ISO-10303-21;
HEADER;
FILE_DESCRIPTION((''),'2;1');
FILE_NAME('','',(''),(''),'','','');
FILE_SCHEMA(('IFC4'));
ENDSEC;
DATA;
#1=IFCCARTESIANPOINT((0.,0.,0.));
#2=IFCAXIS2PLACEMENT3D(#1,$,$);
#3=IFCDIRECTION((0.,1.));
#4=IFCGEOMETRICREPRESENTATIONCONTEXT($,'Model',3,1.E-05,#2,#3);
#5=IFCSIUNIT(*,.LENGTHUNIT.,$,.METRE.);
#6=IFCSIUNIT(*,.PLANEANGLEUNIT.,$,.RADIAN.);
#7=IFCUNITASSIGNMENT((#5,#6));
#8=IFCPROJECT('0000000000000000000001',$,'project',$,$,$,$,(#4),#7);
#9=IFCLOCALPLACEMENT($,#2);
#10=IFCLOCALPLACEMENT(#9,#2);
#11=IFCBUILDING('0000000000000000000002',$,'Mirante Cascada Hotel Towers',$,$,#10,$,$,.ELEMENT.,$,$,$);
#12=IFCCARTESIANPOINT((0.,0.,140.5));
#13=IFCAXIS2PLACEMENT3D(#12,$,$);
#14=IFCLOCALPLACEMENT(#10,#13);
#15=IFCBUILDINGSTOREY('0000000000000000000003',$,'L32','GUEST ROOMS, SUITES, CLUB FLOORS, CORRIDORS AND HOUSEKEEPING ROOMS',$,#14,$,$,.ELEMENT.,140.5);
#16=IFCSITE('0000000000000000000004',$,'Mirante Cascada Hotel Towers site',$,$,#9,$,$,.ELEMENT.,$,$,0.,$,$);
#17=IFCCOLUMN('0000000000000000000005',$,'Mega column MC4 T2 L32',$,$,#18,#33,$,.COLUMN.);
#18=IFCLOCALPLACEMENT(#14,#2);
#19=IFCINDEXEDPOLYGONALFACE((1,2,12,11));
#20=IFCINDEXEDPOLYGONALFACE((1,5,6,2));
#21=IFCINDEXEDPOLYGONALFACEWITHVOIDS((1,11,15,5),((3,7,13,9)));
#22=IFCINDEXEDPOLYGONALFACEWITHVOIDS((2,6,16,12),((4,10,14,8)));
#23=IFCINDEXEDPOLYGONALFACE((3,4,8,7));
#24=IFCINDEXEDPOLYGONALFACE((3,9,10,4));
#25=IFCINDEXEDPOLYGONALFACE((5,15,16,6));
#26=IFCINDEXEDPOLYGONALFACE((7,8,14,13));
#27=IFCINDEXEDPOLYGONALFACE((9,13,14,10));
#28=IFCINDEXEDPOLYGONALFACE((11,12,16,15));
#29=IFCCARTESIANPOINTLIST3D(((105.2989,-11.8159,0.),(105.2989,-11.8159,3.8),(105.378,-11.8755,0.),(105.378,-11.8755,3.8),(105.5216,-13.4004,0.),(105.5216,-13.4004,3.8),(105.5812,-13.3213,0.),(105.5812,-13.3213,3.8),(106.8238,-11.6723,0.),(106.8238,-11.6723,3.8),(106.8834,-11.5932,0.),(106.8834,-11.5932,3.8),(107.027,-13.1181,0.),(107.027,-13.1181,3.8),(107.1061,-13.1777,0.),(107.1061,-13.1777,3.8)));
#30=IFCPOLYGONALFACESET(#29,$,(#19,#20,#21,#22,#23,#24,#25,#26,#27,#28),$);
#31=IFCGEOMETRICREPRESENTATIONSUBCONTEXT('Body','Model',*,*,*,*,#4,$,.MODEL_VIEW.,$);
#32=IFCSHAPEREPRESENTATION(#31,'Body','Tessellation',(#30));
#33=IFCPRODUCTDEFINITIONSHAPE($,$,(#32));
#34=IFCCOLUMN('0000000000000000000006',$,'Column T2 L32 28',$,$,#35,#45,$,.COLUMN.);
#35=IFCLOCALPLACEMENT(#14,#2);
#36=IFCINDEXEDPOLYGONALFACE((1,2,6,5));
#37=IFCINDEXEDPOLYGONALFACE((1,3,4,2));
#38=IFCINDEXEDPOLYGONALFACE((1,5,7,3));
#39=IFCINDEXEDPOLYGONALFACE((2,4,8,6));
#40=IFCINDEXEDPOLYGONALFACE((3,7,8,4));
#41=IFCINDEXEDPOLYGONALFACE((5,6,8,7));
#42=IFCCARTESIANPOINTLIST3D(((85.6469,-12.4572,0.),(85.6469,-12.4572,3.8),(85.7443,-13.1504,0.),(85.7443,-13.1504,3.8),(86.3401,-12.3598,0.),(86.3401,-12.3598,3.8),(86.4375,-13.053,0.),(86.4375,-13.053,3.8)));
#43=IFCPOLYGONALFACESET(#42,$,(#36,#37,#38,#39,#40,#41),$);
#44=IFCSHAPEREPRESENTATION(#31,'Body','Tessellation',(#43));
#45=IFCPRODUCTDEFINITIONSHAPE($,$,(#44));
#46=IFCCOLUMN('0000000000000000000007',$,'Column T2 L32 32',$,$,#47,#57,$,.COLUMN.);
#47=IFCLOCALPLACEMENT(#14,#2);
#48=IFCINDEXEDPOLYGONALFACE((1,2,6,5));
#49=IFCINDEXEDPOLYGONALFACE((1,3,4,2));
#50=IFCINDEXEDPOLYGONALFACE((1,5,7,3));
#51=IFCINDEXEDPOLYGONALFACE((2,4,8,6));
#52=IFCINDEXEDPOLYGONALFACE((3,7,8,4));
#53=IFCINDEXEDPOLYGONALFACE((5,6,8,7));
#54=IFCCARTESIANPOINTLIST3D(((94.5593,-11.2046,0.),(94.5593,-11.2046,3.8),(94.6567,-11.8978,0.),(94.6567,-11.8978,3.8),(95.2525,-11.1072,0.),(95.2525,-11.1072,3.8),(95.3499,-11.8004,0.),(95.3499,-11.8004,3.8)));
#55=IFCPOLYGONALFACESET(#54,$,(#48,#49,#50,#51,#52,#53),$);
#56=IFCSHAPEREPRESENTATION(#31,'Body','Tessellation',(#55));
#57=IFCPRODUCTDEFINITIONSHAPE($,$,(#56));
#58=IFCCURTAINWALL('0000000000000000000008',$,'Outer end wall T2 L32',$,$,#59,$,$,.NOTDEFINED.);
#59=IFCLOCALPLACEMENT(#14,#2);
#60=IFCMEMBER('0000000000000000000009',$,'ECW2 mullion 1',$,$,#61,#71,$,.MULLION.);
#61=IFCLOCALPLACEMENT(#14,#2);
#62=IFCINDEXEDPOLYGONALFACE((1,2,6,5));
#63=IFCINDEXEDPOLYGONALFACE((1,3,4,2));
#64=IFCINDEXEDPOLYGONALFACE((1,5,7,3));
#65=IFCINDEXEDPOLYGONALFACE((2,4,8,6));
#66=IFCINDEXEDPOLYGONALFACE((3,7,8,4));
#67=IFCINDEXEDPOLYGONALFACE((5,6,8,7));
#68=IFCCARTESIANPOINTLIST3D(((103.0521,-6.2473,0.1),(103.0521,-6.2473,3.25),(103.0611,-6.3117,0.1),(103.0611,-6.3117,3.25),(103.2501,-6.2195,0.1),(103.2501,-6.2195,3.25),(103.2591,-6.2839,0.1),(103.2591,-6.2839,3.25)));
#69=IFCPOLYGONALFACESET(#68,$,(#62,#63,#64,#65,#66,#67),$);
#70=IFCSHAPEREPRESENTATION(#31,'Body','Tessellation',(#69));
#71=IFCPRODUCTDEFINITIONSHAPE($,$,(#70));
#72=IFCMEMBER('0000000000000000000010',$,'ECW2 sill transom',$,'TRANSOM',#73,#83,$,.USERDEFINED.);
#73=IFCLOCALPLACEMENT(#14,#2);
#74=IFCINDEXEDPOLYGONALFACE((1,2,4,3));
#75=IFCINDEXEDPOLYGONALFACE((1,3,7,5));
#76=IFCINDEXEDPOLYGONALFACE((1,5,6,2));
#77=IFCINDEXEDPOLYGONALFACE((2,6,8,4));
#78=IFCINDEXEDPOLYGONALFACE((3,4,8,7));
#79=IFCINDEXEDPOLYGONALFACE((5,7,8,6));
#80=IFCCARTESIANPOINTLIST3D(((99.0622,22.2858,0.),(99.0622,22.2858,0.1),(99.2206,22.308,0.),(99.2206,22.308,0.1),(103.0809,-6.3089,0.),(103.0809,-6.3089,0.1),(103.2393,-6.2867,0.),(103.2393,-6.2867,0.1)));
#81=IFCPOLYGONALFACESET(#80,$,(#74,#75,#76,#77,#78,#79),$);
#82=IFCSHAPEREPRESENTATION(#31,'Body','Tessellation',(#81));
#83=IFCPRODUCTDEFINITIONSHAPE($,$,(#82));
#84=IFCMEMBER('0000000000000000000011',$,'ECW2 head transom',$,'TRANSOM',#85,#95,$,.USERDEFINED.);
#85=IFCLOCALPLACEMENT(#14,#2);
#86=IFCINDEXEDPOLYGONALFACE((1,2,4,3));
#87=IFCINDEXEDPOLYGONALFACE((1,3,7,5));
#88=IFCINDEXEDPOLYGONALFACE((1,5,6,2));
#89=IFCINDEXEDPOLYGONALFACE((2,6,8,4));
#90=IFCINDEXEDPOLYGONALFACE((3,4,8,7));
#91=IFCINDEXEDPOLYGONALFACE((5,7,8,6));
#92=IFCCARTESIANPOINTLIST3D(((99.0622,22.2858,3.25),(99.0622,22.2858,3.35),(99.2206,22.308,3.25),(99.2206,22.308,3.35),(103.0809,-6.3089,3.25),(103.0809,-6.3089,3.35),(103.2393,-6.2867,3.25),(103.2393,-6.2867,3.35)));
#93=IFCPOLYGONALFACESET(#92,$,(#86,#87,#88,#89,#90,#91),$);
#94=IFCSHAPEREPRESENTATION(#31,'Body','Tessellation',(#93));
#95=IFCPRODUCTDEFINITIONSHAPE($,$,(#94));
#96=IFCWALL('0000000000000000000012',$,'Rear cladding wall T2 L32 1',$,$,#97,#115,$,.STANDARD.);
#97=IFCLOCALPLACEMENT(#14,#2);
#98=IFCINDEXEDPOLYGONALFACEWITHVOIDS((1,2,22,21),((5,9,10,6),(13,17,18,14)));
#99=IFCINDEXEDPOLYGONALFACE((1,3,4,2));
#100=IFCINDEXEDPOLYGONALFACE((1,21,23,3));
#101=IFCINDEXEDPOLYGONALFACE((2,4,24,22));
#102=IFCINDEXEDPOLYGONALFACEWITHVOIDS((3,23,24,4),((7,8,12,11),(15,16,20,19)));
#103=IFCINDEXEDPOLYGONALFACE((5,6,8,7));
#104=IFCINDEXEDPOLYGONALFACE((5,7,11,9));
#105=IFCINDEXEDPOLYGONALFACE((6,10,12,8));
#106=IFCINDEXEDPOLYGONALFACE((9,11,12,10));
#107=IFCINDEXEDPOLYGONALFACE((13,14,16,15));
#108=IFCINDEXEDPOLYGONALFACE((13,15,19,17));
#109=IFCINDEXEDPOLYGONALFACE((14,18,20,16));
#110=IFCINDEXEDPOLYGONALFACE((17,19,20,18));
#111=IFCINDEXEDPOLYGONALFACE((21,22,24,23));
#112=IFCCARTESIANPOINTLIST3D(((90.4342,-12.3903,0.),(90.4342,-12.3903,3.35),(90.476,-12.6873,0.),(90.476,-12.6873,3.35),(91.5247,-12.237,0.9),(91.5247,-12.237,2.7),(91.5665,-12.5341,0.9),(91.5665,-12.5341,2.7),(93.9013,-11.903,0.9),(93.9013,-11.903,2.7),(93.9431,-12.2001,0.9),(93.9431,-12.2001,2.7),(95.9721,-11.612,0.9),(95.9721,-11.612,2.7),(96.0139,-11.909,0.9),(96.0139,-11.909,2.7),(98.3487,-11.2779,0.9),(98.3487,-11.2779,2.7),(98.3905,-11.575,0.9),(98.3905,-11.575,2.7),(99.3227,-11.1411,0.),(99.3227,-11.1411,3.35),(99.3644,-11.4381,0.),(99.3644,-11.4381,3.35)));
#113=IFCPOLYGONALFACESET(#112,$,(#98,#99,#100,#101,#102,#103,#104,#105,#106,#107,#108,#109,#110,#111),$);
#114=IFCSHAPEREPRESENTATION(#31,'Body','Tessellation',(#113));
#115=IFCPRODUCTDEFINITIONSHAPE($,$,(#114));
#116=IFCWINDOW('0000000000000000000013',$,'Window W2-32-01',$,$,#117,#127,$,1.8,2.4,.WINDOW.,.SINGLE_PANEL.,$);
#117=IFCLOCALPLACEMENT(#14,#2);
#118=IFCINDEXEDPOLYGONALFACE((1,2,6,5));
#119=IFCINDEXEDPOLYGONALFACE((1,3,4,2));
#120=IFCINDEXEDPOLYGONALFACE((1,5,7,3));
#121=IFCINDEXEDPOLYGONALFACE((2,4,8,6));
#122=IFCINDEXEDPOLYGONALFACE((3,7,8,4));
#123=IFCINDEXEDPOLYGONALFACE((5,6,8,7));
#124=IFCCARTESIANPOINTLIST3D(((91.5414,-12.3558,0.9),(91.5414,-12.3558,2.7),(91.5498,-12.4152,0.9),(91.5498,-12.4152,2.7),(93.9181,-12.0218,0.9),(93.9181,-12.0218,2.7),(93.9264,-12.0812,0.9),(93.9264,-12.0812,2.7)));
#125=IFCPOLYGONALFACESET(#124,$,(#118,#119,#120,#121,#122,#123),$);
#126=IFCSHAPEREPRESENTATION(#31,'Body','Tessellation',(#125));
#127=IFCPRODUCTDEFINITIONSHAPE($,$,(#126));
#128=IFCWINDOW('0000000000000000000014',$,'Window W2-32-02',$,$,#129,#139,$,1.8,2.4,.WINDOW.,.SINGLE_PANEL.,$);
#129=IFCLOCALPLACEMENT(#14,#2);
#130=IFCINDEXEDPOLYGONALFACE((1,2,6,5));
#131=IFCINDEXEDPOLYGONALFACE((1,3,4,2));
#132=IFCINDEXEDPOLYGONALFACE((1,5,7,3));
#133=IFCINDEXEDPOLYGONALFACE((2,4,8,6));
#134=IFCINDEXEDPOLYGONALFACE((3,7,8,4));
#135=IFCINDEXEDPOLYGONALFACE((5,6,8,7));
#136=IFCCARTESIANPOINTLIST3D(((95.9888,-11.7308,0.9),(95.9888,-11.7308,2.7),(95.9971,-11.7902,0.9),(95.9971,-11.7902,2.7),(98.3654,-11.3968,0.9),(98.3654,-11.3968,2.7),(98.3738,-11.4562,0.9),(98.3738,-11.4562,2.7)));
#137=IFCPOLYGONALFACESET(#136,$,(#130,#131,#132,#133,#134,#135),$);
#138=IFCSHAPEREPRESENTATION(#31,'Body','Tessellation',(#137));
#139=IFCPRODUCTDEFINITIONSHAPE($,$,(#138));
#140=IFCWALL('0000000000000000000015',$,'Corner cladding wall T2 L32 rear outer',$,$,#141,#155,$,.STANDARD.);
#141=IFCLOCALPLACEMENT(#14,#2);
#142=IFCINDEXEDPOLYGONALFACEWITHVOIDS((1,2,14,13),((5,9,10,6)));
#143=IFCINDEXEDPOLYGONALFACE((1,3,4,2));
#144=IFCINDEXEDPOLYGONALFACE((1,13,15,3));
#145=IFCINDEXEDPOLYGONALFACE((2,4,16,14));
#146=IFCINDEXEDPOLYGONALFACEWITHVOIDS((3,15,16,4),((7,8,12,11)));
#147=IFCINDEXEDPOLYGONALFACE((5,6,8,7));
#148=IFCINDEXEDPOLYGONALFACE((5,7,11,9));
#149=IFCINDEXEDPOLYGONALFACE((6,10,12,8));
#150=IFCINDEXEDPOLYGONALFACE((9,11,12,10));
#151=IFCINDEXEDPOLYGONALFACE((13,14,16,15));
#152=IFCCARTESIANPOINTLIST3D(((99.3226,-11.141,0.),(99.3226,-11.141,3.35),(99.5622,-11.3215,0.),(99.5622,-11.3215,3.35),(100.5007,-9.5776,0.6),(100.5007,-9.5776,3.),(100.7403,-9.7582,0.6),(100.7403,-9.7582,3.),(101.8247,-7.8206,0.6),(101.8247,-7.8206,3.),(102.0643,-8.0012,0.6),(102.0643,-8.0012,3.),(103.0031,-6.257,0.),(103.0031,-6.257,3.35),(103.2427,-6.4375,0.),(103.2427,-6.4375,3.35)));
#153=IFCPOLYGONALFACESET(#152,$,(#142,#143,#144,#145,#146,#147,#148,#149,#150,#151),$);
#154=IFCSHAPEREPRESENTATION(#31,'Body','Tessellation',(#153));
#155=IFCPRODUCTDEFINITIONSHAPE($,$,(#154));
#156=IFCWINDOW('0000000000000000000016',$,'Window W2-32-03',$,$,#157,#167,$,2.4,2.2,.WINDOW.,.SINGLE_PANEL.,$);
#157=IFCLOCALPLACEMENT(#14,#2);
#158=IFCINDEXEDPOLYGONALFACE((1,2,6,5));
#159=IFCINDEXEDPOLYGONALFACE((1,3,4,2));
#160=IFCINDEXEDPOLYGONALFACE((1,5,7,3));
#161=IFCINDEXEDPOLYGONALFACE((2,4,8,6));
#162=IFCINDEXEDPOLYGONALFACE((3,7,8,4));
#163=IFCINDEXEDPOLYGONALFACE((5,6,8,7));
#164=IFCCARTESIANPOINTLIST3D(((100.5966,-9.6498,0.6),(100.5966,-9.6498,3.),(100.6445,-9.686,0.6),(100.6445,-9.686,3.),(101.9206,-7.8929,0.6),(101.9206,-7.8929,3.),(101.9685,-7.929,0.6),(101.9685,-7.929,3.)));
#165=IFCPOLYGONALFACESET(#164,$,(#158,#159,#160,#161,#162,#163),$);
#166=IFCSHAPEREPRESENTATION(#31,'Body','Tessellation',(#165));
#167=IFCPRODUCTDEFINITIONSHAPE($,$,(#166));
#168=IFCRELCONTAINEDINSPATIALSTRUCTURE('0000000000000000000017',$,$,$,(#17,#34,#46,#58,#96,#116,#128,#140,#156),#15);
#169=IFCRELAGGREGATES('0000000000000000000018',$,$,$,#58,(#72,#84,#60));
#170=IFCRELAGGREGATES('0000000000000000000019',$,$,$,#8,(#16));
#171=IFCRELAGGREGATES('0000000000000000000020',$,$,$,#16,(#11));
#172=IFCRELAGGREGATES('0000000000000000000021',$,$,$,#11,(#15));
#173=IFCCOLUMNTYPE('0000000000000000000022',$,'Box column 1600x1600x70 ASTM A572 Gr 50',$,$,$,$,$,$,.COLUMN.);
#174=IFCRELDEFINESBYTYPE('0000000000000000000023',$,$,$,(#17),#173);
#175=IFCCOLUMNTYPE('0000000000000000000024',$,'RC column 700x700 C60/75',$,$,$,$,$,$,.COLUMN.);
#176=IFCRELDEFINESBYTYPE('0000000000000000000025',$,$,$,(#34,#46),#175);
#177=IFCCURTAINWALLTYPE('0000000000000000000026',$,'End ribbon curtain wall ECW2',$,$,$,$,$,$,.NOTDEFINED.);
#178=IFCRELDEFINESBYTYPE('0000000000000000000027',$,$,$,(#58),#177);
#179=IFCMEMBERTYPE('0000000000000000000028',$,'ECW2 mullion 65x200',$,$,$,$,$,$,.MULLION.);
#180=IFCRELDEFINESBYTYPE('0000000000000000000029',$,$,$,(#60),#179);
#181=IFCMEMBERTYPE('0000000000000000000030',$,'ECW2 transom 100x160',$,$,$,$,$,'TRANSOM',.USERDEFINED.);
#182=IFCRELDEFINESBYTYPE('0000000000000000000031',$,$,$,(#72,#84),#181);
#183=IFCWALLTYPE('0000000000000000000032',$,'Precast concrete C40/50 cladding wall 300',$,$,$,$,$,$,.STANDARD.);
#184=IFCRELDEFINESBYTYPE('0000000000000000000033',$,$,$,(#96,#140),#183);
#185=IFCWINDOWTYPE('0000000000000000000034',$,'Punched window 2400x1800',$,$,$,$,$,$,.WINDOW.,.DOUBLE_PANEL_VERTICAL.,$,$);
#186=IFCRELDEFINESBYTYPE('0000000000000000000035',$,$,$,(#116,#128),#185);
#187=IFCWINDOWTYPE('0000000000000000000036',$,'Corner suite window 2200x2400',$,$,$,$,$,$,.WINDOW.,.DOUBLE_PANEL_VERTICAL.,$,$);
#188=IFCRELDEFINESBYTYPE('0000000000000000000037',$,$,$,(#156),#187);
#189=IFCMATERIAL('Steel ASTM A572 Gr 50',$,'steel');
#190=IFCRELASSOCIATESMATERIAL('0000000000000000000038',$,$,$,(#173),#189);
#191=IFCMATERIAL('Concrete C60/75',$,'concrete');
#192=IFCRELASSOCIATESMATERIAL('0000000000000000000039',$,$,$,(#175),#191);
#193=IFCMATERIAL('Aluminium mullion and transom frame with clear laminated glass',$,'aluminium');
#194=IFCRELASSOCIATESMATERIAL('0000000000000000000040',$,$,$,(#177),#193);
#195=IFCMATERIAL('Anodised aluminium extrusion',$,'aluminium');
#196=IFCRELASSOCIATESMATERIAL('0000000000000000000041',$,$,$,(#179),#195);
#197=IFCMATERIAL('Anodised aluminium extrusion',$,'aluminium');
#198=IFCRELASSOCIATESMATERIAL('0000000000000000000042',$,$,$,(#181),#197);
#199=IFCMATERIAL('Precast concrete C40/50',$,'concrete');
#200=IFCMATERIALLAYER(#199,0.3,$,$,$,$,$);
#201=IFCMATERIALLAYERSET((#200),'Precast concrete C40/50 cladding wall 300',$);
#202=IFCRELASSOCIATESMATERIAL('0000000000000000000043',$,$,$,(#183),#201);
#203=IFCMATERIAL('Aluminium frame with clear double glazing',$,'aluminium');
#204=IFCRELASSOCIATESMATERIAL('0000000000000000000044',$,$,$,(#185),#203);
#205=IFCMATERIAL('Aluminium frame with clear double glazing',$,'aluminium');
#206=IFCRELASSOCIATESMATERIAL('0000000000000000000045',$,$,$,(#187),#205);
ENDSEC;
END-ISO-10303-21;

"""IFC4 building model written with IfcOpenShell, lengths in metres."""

from ifc_helpers import new_model, si_unit, direction, frame, frame_2d, origin, origin_2d, place, context, subcontext, project, spatial, rectangle, hollow_rectangle, extrude, material, layer, layer_set, material_profile, profile_set, type_object, element, fill, aggregate, save


model = new_model("IFC4")

# Units and contexts
model_context = context("Model", 3, precision=1e-05, world=origin(), true_north=direction((0.0, 1.0)))
body_context = subcontext(model_context, "Body", "Model", "MODEL_VIEW")
ifc_project = project(units=[si_unit("LENGTHUNIT", "METRE"), si_unit("PLANEANGLEUNIT", "RADIAN")], contexts=[model_context])

# Site, building, storey
site_placement = place(None, origin())
site = spatial("IfcSite", under=ifc_project, at=site_placement, Name="Mirante Cascada Hotel Towers site", CompositionType="ELEMENT", RefElevation=0.0)
building_placement = place(site_placement, origin())
building = spatial("IfcBuilding", under=site, at=building_placement, Name="Mirante Cascada Hotel Towers", CompositionType="ELEMENT")
storey_placement = place(building_placement, frame((0.0, 0.0, 140.5)))
storey = spatial("IfcBuildingStorey", under=building, at=storey_placement, Name="L32", Description="GUEST ROOMS, SUITES, CLUB FLOORS, CORRIDORS AND HOUSEKEEPING ROOMS", CompositionType="ELEMENT", Elevation=140.5)

# Columns
ifc_material_1 = material(Name="Steel ASTM A572 Gr 50", Category="steel")
ifc_material_profile_1 = material_profile(ifc_material_1, hollow_rectangle(XDim=1.6, YDim=1.6, WallThickness=0.07, at=origin_2d()), Name="Box column 1600x1600x70 ASTM A572 Gr 50")
ifc_profile_set_1 = profile_set([ifc_material_profile_1], Name="Steel ASTM A572 Gr 50")
column_type_1 = type_object("IfcColumnType", Name="Box column 1600x1600x70 ASTM A572 Gr 50", PredefinedType="COLUMN", material=ifc_profile_set_1)
column_placement = place(storey_placement, frame((106.2025, -12.4968, 0.0), z_axis=(0.0, 0.0, 1.0), x_axis=(0.990268, 0.139173, 0.0)))
element("IfcColumn", 1, at=column_placement, inside=storey, type_object=column_type_1, Name="Mega column MC4 T2 L32", PredefinedType="COLUMN", context=body_context, shape_type="SweptSolid", body=[
    extrude(hollow_rectangle(XDim=1.6, YDim=1.6, WallThickness=0.07, at=origin_2d()), origin(), (0.0, 0.0, 1.0), 3.8),
])
ifc_material_2 = material(Name="Concrete C60/75", Category="concrete")
ifc_material_profile_2 = material_profile(ifc_material_2, rectangle(XDim=0.7, YDim=0.7, at=origin_2d()), Name="RC column 700x700 C60/75")
ifc_profile_set_2 = profile_set([ifc_material_profile_2], Name="Concrete C60/75")
column_type_2 = type_object("IfcColumnType", Name="RC column 700x700 C60/75", PredefinedType="COLUMN", material=ifc_profile_set_2)
for number, where, z_axis, x_axis, name in (
    (2, (86.0422, -12.7551, 0.0), (0.0, 0.0, 1.0), (0.990268, 0.139173, 0.0), "Column T2 L32 28"),
    (3, (94.9546, -11.5025, 0.0), (0.0, 0.0, 1.0), (0.990268, 0.139173, 0.0), "Column T2 L32 32"),
):
    element("IfcColumn", number, at=place(storey_placement, frame(where, z_axis=z_axis, x_axis=x_axis)), inside=storey, type_object=column_type_2, Name=name, PredefinedType="COLUMN", context=body_context, shape_type="SweptSolid", body=[
        extrude(rectangle(XDim=0.7, YDim=0.7, at=origin_2d()), origin(), (0.0, 0.0, 1.0), 3.8),
    ])

# Curtain wall, members
ifc_material_3 = material(Name="Aluminium mullion and transom frame with clear laminated glass", Category="aluminium")
curtain_wall_type = type_object("IfcCurtainWallType", Name="End ribbon curtain wall ECW2", PredefinedType="NOTDEFINED", material=ifc_material_3)
curtain_wall_placement = place(storey_placement, origin())
curtain_wall = element("IfcCurtainWall", 4, at=curtain_wall_placement, inside=storey, type_object=curtain_wall_type, Name="Outer end wall T2 L32", PredefinedType="NOTDEFINED")
ifc_material_4 = material(Name="Anodised aluminium extrusion", Category="aluminium")
ifc_material_profile_3 = material_profile(ifc_material_4, rectangle(XDim=0.2, YDim=0.065, at=origin_2d()), Name="ECW2 MULLION 65x200")
ifc_profile_set_3 = profile_set([ifc_material_profile_3], Name="Anodised aluminium extrusion")
member_type_1 = type_object("IfcMemberType", Name="ECW2 mullion 65x200", PredefinedType="MULLION", material=ifc_profile_set_3)
member_1_placement = place(storey_placement, frame((103.1556, -6.2656, 0.1), z_axis=(0.0, 0.0, 1.0), x_axis=(-0.990268, -0.139173, 0.0)))
member_1 = element("IfcMember", 5, at=member_1_placement, type_object=member_type_1, Name="ECW2 mullion 1", PredefinedType="MULLION", context=body_context, shape_type="SweptSolid", body=[
    extrude(rectangle(XDim=0.2, YDim=0.065, at=origin_2d()), origin(), (0.0, 0.0, 1.0), 3.15),
])
ifc_material_5 = material(Name="Anodised aluminium extrusion", Category="aluminium")
ifc_material_profile_4 = material_profile(ifc_material_5, rectangle(XDim=0.16, YDim=0.1, at=origin_2d()), Name="ECW2 TRANSOM 100x160")
ifc_profile_set_4 = profile_set([ifc_material_profile_4], Name="Anodised aluminium extrusion")
member_type_2 = type_object("IfcMemberType", Name="ECW2 transom 100x160", ElementType="TRANSOM", PredefinedType="USERDEFINED", material=ifc_profile_set_4)
member_2_placement = place(storey_placement, frame((103.1601, -6.2978, 0.05), z_axis=(-0.139172, 0.990268, 0.0), x_axis=(-0.990268, -0.139172, 0.0)))
member_2 = element("IfcMember", 6, at=member_2_placement, type_object=member_type_2, Name="ECW2 sill transom", ObjectType="TRANSOM", PredefinedType="USERDEFINED", context=body_context, shape_type="SweptSolid", body=[
    extrude(rectangle(XDim=0.16, YDim=0.1, at=origin_2d()), origin(), (0.0, 0.0, 1.0), 28.8757),
])
member_3_placement = place(storey_placement, frame((103.1601, -6.2978, 3.3), z_axis=(-0.139172, 0.990268, 0.0), x_axis=(-0.990268, -0.139172, 0.0)))
member_3 = element("IfcMember", 7, at=member_3_placement, type_object=member_type_2, Name="ECW2 head transom", ObjectType="TRANSOM", PredefinedType="USERDEFINED", context=body_context, shape_type="SweptSolid", body=[
    extrude(rectangle(XDim=0.16, YDim=0.1, at=origin_2d()), origin(), (0.0, 0.0, 1.0), 28.8757),
])
aggregate(curtain_wall, [member_2, member_3, member_1])

# Wall, openings, windows
ifc_material_6 = material(Name="Precast concrete C40/50", Category="concrete")
ifc_layer_1 = layer(ifc_material_6, 0.3)
ifc_layer_set_1 = layer_set([ifc_layer_1], Name="Precast concrete C40/50 cladding wall 300")
wall_type_1 = type_object("IfcWallType", Name="Precast concrete C40/50 cladding wall 300", PredefinedType="STANDARD", material=ifc_layer_set_1)
wall_1_placement = place(storey_placement, frame((90.4551, -12.5388, 0.0), z_axis=(0.0, 0.0, 1.0), x_axis=(0.990268, 0.139175, 0.0)))
wall_1 = element("IfcWall", 8, at=wall_1_placement, inside=storey, type_object=wall_type_1, Name="Rear cladding wall T2 L32 1", PredefinedType="STANDARD", context=body_context, shape_type="SweptSolid", body=[
    extrude(rectangle(XDim=8.9758, YDim=0.3, at=frame_2d((4.4879, 0.0))), origin(), (0.0, 0.0, 1.0), 3.35),
])
opening_1_placement = place(wall_1_placement, frame((1.1012, 0.0, 0.9)))
opening_1 = element("IfcOpeningElement", 9, at=opening_1_placement, cuts=wall_1, PredefinedType="OPENING", context=body_context, shape_type="SweptSolid", body=[
    extrude(rectangle(XDim=2.4, YDim=1.8, at=frame_2d((1.2, 0.9))), frame((0.0, 0.15, 0.0), z_axis=(0.0, -1.0, 0.0), x_axis=(1.0, 0.0, 0.0)), (0.0, 0.0, 1.0), 0.3),
])
opening_2_placement = place(wall_1_placement, frame((5.5923, 0.0, 0.9)))
opening_2 = element("IfcOpeningElement", 10, at=opening_2_placement, cuts=wall_1, PredefinedType="OPENING", context=body_context, shape_type="SweptSolid", body=[
    extrude(rectangle(XDim=2.4, YDim=1.8, at=frame_2d((1.2, 0.9))), frame((0.0, 0.15, 0.0), z_axis=(0.0, -1.0, 0.0), x_axis=(1.0, 0.0, 0.0)), (0.0, 0.0, 1.0), 0.3),
])
ifc_material_7 = material(Name="Aluminium frame with clear double glazing", Category="aluminium")
window_type_1 = type_object("IfcWindowType", Name="Punched window 2400x1800", PartitioningType="DOUBLE_PANEL_VERTICAL", PredefinedType="WINDOW", material=ifc_material_7)
window_1_placement = place(opening_1_placement, origin())
window_1 = element("IfcWindow", 11, at=window_1_placement, inside=storey, type_object=window_type_1, Name="Window W2-32-01", OverallHeight=1.8, OverallWidth=2.4, PartitioningType="SINGLE_PANEL", PredefinedType="WINDOW", context=body_context, shape_type="SweptSolid", body=[
    extrude(rectangle(XDim=2.4, YDim=1.8, at=frame_2d((1.2, 0.9))), frame((0.0, 0.03, 0.0), z_axis=(0.0, -1.0, 0.0), x_axis=(1.0, 0.0, 0.0)), (0.0, 0.0, 1.0), 0.06),
])
fill(opening_1, window_1)
window_2_placement = place(opening_2_placement, origin())
window_2 = element("IfcWindow", 12, at=window_2_placement, inside=storey, type_object=window_type_1, Name="Window W2-32-02", OverallHeight=1.8, OverallWidth=2.4, PartitioningType="SINGLE_PANEL", PredefinedType="WINDOW", context=body_context, shape_type="SweptSolid", body=[
    extrude(rectangle(XDim=2.4, YDim=1.8, at=frame_2d((1.2, 0.9))), frame((0.0, 0.03, 0.0), z_axis=(0.0, -1.0, 0.0), x_axis=(1.0, 0.0, 0.0)), (0.0, 0.0, 1.0), 0.06),
])
fill(opening_2, window_2)

# Wall, opening, window
wall_2_placement = place(storey_placement, frame((99.4424, -11.2313, 0.0), z_axis=(0.0, 0.0, 1.0), x_axis=(0.601819, 0.798632, 0.0)))
wall_2 = element("IfcWall", 13, at=wall_2_placement, inside=storey, type_object=wall_type_1, Name="Corner cladding wall T2 L32 rear outer", PredefinedType="STANDARD", context=body_context, shape_type="SweptSolid", body=[
    extrude(rectangle(XDim=6.1155, YDim=0.3, at=frame_2d((3.0578, 0.0))), origin(), (0.0, 0.0, 1.0), 3.35),
])
opening_3_placement = place(wall_2_placement, frame((1.9576, 0.0, 0.6)))
opening_3 = element("IfcOpeningElement", 14, at=opening_3_placement, cuts=wall_2, PredefinedType="OPENING", context=body_context, shape_type="SweptSolid", body=[
    extrude(rectangle(XDim=2.2, YDim=2.4, at=frame_2d((1.1, 1.2))), frame((0.0, 0.15, 0.0), z_axis=(0.0, -1.0, 0.0), x_axis=(1.0, 0.0, 0.0)), (0.0, 0.0, 1.0), 0.3),
])
ifc_material_8 = material(Name="Aluminium frame with clear double glazing", Category="aluminium")
window_type_2 = type_object("IfcWindowType", Name="Corner suite window 2200x2400", PartitioningType="DOUBLE_PANEL_VERTICAL", PredefinedType="WINDOW", material=ifc_material_8)
window_3_placement = place(opening_3_placement, origin())
window_3 = element("IfcWindow", 15, at=window_3_placement, inside=storey, type_object=window_type_2, Name="Window W2-32-03", OverallHeight=2.4, OverallWidth=2.2, PartitioningType="SINGLE_PANEL", PredefinedType="WINDOW", context=body_context, shape_type="SweptSolid", body=[
    extrude(rectangle(XDim=2.2, YDim=2.4, at=frame_2d((1.1, 1.2))), frame((0.0, 0.03, 0.0), z_axis=(0.0, -1.0, 0.0), x_axis=(1.0, 0.0, 0.0)), (0.0, 0.0, 1.0), 0.06),
])
fill(opening_3, window_3)

save(model, "model.ifc")
